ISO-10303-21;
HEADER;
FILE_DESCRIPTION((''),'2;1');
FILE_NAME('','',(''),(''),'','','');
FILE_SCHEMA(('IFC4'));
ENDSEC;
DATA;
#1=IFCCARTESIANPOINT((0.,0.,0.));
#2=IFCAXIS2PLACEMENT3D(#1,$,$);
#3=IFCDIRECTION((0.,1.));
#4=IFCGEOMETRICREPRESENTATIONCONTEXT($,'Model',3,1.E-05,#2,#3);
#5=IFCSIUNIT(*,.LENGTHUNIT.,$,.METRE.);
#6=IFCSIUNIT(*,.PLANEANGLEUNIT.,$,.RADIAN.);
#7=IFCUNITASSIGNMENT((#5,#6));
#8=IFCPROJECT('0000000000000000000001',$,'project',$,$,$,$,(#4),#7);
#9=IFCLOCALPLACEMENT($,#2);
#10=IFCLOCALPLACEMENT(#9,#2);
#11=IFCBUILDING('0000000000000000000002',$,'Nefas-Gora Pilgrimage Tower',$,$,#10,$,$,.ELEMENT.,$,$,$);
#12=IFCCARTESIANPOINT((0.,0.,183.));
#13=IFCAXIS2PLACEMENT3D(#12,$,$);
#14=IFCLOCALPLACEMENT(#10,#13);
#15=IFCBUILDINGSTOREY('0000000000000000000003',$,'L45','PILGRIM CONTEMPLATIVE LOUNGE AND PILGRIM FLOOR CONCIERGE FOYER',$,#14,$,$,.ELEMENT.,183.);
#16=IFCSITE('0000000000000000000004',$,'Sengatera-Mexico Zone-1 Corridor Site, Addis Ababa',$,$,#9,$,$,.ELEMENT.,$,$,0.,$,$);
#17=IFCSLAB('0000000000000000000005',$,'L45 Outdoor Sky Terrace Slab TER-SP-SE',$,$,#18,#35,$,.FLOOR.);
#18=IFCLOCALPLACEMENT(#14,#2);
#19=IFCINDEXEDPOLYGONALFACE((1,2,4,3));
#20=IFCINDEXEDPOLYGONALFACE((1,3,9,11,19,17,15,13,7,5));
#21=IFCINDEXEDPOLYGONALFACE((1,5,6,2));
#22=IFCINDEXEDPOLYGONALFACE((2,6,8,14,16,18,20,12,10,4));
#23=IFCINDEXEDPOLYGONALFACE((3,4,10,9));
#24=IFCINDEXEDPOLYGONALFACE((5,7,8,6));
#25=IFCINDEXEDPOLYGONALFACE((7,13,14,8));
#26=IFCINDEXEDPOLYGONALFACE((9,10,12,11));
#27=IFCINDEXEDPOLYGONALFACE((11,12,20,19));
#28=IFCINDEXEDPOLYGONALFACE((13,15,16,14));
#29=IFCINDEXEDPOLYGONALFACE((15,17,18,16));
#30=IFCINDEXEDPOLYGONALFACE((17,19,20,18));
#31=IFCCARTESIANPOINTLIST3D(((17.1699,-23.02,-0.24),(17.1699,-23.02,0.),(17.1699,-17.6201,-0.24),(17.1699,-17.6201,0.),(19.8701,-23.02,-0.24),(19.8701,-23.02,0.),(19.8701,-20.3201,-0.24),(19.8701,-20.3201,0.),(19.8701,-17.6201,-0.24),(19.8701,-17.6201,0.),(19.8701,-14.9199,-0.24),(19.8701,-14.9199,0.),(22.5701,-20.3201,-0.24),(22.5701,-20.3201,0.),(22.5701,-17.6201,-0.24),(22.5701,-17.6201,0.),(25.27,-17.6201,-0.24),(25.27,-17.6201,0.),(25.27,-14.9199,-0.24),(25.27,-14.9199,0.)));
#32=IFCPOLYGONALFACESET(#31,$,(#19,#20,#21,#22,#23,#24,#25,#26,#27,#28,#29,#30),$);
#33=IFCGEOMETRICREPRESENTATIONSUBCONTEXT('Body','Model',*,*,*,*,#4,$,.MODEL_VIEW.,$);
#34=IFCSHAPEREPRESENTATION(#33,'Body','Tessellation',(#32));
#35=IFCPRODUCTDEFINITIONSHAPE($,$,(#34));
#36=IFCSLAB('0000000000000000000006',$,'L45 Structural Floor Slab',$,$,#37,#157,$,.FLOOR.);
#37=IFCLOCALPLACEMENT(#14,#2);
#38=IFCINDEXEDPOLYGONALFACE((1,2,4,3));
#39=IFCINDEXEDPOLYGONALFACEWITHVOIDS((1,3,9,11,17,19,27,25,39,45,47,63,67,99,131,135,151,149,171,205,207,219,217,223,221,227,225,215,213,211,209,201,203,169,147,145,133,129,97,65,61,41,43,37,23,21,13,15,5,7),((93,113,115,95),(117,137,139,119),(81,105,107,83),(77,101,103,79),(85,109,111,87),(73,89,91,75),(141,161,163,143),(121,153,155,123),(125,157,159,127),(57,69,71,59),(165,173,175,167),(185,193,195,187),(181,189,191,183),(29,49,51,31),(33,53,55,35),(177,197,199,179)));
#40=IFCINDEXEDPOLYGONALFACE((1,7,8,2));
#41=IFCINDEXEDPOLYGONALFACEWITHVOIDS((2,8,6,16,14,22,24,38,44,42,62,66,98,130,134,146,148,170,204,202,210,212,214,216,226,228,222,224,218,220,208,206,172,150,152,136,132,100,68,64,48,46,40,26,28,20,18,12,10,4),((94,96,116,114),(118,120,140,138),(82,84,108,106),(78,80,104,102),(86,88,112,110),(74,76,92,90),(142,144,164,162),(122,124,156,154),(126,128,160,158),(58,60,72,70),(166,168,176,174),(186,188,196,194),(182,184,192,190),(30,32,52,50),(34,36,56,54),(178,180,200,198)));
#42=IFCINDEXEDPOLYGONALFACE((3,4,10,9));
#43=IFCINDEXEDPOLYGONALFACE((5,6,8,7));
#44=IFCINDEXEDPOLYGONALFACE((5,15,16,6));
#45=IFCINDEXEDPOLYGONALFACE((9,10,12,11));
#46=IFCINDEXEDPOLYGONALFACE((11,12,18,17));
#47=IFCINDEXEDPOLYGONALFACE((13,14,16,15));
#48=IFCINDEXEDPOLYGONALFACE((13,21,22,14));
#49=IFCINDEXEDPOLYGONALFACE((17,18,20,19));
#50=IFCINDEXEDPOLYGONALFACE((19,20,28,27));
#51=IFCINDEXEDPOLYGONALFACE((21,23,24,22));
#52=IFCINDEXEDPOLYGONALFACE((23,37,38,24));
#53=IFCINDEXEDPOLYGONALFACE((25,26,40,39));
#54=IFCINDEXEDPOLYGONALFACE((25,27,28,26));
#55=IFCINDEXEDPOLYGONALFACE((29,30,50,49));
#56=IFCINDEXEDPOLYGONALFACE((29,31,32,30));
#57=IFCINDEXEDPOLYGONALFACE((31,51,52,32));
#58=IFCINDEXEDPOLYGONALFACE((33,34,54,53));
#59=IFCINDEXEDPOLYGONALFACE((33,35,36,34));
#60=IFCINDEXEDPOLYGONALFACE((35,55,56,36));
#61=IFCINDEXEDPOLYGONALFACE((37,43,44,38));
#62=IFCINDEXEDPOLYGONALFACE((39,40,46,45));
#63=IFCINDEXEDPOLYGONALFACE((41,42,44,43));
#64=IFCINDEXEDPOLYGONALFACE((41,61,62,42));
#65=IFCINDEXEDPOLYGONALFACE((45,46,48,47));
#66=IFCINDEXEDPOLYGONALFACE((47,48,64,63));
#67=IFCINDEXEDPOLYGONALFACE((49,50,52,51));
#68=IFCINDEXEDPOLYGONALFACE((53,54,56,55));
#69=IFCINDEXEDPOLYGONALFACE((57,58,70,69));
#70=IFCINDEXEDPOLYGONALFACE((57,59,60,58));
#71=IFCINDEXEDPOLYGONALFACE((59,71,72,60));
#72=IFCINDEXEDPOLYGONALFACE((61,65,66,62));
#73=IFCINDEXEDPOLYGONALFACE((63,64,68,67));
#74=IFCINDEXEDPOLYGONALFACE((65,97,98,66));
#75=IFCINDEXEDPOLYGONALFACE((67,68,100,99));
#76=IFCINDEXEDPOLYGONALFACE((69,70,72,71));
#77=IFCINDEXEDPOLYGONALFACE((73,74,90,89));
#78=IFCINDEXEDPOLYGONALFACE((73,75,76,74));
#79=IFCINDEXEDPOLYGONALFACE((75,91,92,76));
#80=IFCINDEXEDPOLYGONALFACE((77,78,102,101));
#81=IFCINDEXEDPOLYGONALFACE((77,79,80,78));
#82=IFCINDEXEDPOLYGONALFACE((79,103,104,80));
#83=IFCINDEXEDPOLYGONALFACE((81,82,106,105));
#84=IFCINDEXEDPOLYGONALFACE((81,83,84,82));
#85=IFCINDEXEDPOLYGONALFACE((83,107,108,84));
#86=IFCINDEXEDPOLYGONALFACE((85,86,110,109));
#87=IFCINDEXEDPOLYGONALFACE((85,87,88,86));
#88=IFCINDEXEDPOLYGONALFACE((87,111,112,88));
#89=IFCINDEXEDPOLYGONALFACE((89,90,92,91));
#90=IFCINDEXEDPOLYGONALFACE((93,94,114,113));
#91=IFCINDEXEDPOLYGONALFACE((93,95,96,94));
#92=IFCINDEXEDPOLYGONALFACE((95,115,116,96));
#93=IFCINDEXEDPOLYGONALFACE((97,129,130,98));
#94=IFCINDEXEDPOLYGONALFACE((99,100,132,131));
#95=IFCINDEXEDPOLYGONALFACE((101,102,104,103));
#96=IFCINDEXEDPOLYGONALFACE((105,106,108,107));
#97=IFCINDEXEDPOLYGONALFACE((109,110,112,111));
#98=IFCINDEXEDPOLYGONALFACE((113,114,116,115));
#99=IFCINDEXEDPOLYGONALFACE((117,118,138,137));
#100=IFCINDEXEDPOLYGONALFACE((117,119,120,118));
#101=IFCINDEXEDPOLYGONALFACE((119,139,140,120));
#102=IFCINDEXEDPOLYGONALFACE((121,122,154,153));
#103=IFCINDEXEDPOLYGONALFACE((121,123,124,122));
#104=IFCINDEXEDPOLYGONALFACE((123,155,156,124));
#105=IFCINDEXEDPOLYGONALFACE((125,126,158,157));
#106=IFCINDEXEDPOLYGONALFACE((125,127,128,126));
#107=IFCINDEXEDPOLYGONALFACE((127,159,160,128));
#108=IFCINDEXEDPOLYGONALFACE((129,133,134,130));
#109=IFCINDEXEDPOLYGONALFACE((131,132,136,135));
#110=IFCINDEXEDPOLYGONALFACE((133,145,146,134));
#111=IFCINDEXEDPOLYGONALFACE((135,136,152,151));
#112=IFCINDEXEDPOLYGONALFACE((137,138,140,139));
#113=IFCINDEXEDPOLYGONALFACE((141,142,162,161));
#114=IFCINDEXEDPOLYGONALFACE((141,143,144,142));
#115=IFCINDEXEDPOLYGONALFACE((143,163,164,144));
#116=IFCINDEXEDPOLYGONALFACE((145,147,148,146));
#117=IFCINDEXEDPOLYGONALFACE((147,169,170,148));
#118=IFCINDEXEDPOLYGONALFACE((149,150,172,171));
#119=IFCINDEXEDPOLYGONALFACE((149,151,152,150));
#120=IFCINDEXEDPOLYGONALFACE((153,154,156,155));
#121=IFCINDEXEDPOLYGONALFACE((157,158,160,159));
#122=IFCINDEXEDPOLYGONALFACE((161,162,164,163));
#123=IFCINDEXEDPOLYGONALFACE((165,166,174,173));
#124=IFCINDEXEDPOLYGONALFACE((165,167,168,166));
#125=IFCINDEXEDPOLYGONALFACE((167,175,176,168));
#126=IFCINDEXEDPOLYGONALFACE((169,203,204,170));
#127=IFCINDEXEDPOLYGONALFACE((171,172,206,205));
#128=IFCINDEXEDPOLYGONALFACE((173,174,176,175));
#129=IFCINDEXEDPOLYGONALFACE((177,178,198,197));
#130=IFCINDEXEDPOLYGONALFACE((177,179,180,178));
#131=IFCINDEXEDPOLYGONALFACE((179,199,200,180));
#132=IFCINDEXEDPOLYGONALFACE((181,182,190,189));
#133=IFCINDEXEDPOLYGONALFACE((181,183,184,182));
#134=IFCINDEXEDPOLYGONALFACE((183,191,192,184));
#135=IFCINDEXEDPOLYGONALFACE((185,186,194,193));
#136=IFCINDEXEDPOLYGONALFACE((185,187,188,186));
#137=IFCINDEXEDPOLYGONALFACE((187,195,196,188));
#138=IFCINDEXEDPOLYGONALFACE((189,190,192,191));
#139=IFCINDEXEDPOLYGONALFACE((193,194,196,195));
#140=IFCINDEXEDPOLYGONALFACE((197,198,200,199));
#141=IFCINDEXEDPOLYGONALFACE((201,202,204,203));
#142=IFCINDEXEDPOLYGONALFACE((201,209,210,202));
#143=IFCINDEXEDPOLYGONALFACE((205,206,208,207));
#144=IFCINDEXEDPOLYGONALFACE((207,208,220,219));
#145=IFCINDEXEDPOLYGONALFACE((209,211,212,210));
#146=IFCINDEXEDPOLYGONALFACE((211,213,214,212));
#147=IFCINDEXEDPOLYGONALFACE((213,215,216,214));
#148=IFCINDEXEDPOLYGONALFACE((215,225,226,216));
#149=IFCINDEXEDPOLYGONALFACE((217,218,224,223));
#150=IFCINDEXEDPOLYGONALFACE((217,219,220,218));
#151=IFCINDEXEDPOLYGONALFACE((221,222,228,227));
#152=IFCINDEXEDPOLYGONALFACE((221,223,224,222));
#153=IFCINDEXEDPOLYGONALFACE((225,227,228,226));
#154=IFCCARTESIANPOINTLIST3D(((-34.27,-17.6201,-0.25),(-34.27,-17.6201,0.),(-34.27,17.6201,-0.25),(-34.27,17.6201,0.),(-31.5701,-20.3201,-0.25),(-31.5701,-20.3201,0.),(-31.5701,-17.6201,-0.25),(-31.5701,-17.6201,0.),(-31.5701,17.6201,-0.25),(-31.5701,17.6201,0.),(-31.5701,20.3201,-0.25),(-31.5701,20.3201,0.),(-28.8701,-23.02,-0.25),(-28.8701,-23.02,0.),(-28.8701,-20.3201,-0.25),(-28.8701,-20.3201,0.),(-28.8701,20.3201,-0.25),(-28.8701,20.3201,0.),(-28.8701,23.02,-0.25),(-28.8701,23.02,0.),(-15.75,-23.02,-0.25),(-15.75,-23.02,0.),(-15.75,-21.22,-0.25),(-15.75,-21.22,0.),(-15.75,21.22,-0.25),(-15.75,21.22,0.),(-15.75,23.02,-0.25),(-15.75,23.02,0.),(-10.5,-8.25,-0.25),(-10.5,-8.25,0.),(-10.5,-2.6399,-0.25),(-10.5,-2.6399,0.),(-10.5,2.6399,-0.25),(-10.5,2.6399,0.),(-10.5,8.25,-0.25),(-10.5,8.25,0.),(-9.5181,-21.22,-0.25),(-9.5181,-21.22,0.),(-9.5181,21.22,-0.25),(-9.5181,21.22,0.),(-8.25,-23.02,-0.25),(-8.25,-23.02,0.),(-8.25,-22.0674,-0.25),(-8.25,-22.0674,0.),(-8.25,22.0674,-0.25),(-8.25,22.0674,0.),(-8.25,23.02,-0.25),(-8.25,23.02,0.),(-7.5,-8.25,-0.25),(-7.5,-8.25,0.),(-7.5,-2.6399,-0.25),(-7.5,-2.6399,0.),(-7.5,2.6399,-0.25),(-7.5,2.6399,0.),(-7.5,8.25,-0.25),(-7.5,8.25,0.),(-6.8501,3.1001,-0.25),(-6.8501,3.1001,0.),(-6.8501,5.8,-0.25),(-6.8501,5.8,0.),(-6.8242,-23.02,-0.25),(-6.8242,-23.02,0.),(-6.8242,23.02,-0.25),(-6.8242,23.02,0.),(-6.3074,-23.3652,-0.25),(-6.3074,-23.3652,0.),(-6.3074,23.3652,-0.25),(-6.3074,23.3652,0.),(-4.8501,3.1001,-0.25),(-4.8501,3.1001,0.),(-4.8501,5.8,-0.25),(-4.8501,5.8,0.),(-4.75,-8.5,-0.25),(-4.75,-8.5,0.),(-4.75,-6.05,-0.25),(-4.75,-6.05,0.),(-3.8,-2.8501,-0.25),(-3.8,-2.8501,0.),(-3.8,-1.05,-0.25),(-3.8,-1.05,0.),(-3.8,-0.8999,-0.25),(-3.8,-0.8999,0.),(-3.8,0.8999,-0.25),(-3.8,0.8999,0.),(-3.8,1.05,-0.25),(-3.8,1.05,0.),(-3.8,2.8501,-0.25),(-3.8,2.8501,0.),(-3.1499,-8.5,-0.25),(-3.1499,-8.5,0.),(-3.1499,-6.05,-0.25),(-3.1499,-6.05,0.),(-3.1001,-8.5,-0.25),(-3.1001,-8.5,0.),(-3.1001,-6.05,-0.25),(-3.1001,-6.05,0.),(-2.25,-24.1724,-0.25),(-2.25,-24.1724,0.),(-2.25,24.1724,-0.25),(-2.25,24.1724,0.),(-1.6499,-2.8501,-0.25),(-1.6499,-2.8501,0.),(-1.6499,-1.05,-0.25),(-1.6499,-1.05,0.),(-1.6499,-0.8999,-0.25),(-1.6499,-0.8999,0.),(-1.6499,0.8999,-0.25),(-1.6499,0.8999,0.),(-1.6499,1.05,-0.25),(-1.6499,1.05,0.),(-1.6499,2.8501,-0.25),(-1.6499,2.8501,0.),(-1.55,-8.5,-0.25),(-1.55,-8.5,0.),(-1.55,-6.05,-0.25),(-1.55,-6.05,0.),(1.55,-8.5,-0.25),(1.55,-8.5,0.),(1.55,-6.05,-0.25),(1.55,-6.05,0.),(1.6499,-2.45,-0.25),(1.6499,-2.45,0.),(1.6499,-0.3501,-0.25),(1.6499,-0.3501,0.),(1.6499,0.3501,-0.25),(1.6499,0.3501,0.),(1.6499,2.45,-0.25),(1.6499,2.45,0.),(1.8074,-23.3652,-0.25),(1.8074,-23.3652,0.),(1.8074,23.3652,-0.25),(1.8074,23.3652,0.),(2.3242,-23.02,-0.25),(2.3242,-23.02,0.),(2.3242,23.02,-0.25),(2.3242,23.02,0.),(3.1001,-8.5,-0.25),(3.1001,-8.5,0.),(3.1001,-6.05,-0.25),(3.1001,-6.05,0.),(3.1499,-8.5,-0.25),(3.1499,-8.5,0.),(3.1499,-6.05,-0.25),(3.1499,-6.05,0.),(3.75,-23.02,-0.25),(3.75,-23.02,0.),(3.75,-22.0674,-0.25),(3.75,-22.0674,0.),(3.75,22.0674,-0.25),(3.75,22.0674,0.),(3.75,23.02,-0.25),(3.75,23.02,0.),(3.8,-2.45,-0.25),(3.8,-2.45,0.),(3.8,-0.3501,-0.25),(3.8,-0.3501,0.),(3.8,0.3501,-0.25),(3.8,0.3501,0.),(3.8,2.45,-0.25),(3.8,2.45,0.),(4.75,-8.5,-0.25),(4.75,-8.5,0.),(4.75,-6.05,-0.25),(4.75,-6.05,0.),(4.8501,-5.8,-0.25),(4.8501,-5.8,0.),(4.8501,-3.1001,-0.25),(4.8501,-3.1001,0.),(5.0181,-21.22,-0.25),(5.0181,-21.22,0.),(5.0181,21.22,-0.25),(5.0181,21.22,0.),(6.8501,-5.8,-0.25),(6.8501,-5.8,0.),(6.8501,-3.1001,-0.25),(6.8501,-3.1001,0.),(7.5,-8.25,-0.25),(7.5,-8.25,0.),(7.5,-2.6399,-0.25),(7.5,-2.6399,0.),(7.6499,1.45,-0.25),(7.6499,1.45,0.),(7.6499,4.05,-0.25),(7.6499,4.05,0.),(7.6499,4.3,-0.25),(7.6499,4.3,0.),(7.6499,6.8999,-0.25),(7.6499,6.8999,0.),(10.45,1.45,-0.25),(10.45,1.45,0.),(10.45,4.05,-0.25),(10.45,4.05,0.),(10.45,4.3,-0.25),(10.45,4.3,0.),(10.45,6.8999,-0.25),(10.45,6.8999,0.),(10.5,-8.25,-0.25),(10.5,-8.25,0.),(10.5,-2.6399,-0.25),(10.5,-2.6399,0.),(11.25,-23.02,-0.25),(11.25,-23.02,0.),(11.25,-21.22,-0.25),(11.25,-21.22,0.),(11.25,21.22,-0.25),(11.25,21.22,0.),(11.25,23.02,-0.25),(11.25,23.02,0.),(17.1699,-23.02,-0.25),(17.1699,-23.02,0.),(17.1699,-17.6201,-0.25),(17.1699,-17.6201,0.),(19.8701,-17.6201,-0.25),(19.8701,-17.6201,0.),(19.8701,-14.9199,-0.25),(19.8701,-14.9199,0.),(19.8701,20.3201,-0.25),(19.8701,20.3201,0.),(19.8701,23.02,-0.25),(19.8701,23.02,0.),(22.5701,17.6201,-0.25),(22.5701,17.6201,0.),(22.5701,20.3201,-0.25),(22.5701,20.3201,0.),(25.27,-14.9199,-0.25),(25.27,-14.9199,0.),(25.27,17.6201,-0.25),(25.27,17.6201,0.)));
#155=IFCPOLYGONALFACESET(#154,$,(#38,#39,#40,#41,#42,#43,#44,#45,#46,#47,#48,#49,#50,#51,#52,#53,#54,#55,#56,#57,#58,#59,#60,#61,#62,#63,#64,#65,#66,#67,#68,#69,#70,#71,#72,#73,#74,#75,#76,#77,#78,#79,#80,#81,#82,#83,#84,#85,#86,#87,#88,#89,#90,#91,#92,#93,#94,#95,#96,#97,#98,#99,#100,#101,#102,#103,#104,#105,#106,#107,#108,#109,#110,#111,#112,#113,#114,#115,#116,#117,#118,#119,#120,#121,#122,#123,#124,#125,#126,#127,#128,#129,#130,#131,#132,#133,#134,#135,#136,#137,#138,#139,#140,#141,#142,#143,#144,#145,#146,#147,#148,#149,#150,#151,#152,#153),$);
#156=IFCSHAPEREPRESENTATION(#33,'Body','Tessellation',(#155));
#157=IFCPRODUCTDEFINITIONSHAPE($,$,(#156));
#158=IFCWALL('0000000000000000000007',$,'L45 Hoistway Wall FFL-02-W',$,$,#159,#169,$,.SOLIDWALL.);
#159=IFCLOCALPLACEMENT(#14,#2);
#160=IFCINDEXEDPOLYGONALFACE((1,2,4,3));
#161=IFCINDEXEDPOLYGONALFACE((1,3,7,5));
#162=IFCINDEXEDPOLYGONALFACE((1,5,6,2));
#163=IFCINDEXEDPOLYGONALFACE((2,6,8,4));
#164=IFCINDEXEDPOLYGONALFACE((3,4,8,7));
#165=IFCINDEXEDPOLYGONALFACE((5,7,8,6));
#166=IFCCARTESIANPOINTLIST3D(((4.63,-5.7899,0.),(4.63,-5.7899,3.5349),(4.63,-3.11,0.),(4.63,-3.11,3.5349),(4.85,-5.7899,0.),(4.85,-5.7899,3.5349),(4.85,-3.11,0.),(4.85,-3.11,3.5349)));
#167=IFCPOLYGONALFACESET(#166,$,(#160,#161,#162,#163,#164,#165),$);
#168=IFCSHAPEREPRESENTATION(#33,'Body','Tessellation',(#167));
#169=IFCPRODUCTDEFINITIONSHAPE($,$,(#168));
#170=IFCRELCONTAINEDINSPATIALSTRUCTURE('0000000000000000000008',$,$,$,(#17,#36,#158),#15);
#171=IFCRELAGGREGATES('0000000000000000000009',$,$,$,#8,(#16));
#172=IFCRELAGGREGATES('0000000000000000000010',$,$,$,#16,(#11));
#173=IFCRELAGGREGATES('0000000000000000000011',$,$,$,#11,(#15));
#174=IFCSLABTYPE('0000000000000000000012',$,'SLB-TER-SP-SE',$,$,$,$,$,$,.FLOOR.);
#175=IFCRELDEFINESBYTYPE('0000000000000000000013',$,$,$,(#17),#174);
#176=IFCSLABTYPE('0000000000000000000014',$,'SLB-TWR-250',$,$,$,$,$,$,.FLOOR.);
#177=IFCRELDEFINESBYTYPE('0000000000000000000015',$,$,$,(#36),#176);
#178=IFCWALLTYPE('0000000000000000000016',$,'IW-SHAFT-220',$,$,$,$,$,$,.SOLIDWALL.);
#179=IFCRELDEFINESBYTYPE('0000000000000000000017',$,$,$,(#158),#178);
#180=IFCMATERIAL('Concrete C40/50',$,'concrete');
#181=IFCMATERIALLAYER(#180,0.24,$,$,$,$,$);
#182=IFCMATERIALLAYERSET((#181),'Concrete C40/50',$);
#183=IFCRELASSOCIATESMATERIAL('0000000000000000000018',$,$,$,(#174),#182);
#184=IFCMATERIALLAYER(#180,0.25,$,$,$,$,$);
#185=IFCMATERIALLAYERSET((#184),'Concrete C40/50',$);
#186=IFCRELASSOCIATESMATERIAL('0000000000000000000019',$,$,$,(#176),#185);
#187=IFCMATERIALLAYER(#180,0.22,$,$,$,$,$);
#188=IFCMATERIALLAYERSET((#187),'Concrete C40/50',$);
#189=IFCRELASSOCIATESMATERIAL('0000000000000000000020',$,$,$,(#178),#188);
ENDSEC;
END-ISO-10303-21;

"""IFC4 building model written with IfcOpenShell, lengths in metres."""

from ifc_helpers import new_model, si_unit, direction, frame, frame_2d, origin, place, context, subcontext, project, spatial, polyline, rectangle, outline, extrude, source, transform, mapped, material, layer, layer_set, type_object, element, save


model = new_model("IFC4")

# Units and contexts
model_context = context("Model", 3, precision=1e-05, world=origin(), true_north=direction((0.0, 1.0)))
body_context = subcontext(model_context, "Body", "Model", "MODEL_VIEW")
ifc_project = project(units=[si_unit("LENGTHUNIT", "METRE"), si_unit("PLANEANGLEUNIT", "RADIAN")], contexts=[model_context])

# Site, building, storey
site_placement = place(None, origin())
site = spatial("IfcSite", under=ifc_project, at=site_placement, Name="Sengatera-Mexico Zone-1 Corridor Site, Addis Ababa", CompositionType="ELEMENT", RefElevation=0.0)
building_placement = place(site_placement, origin())
building = spatial("IfcBuilding", under=site, at=building_placement, Name="Nefas-Gora Pilgrimage Tower", CompositionType="ELEMENT")
storey_placement = place(building_placement, frame((0.0, 0.0, 183.0)))
storey = spatial("IfcBuildingStorey", under=building, at=storey_placement, Name="L45", Description="PILGRIM CONTEMPLATIVE LOUNGE AND PILGRIM FLOOR CONCIERGE FOYER", CompositionType="ELEMENT", Elevation=183.0)

# Slabs
ifc_material_1 = material(Name="Concrete C40/50", Category="concrete")
ifc_layer_1 = layer(ifc_material_1, 0.24)
ifc_layer_set_1 = layer_set([ifc_layer_1], Name="Concrete C40/50")
slab_type_1 = type_object("IfcSlabType", Name="SLB-TER-SP-SE", PredefinedType="FLOOR", material=ifc_layer_set_1)
slab_1_placement = place(storey_placement, frame((0.0, 0.0, -0.24)))
element("IfcSlab", 1, at=slab_1_placement, inside=storey, type_object=slab_type_1, Name="L45 Outdoor Sky Terrace Slab TER-SP-SE", PredefinedType="FLOOR", context=body_context, shape_type="SweptSolid", body=[
    extrude(outline(polyline([(25.27, -17.6201), (25.27, -14.9199), (19.8701, -14.9199), (19.8701, -17.6201), (17.1699, -17.6201), (17.1699, -23.02), (19.8701, -23.02), (19.8701, -20.3201), (22.5701, -20.3201), (22.5701, -17.6201), (25.27, -17.6201)])), origin(), (0.0, 0.0, 1.0), 0.24),
])
ifc_layer_2 = layer(ifc_material_1, 0.25)
ifc_layer_set_2 = layer_set([ifc_layer_2], Name="Concrete C40/50")
slab_type_2 = type_object("IfcSlabType", Name="SLB-TWR-250", PredefinedType="FLOOR", material=ifc_layer_set_2)
slab_2_placement = place(storey_placement, frame((0.0, 0.0, -0.25)))
element("IfcSlab", 2, at=slab_2_placement, inside=storey, type_object=slab_type_2, Name="L45 Structural Floor Slab", PredefinedType="FLOOR", context=body_context, shape_type="SweptSolid", body=[
    extrude(outline(polyline([(5.0181, -21.22), (11.25, -21.22), (11.25, -23.02), (17.1699, -23.02), (17.1699, -17.6201), (19.8701, -17.6201), (19.8701, -14.9199), (25.27, -14.9199), (25.27, 17.6201), (22.5701, 17.6201), (22.5701, 20.3201), (19.8701, 20.3201), (19.8701, 23.02), (11.25, 23.02), (11.25, 21.22), (5.0181, 21.22), (3.75, 22.0674), (3.75, 23.02), (2.3242, 23.02), (1.8074, 23.3652), (-2.25, 24.1724), (-6.3074, 23.3652), (-6.8242, 23.02), (-8.25, 23.02), (-8.25, 22.0674), (-9.5181, 21.22), (-15.75, 21.22), (-15.75, 23.02), (-28.8701, 23.02), (-28.8701, 20.3201), (-31.5701, 20.3201), (-31.5701, 17.6201), (-34.27, 17.6201), (-34.27, -17.6201), (-31.5701, -17.6201), (-31.5701, -20.3201), (-28.8701, -20.3201), (-28.8701, -23.02), (-15.75, -23.02), (-15.75, -21.22), (-9.5181, -21.22), (-8.25, -22.0674), (-8.25, -23.02), (-6.8242, -23.02), (-6.3074, -23.3652), (-2.25, -24.1724), (1.8074, -23.3652), (2.3242, -23.02), (3.75, -23.02), (3.75, -22.0674), (5.0181, -21.22)]), holes=[polyline([(-10.5, 2.6399), (-10.5, 8.25), (-7.5, 8.25), (-7.5, 2.6399), (-10.5, 2.6399)]), polyline([(10.5, -2.6399), (10.5, -8.25), (7.5, -8.25), (7.5, -2.6399), (10.5, -2.6399)]), polyline([(-7.5, -2.6399), (-7.5, -8.25), (-10.5, -8.25), (-10.5, -2.6399), (-7.5, -2.6399)]), polyline([(-6.8501, 5.8), (-4.8501, 5.8), (-4.8501, 3.1001), (-6.8501, 3.1001), (-6.8501, 5.8)]), polyline([(4.8501, -3.1001), (6.8501, -3.1001), (6.8501, -5.8), (4.8501, -5.8), (4.8501, -3.1001)]), polyline([(7.6499, 4.05), (10.45, 4.05), (10.45, 1.45), (7.6499, 1.45), (7.6499, 4.05)]), polyline([(7.6499, 6.8999), (10.45, 6.8999), (10.45, 4.3), (7.6499, 4.3), (7.6499, 6.8999)]), polyline([(-4.75, -6.05), (-3.1499, -6.05), (-3.1499, -8.5), (-4.75, -8.5), (-4.75, -6.05)]), polyline([(-3.1001, -6.05), (-1.55, -6.05), (-1.55, -8.5), (-3.1001, -8.5), (-3.1001, -6.05)]), polyline([(1.55, -6.05), (3.1001, -6.05), (3.1001, -8.5), (1.55, -8.5), (1.55, -6.05)]), polyline([(3.1499, -6.05), (4.75, -6.05), (4.75, -8.5), (3.1499, -8.5), (3.1499, -6.05)]), polyline([(-3.8, -1.05), (-1.6499, -1.05), (-1.6499, -2.8501), (-3.8, -2.8501), (-3.8, -1.05)]), polyline([(-3.8, 0.8999), (-1.6499, 0.8999), (-1.6499, -0.8999), (-3.8, -0.8999), (-3.8, 0.8999)]), polyline([(-3.8, 2.8501), (-1.6499, 2.8501), (-1.6499, 1.05), (-3.8, 1.05), (-3.8, 2.8501)]), polyline([(1.6499, -0.3501), (3.8, -0.3501), (3.8, -2.45), (1.6499, -2.45), (1.6499, -0.3501)]), polyline([(1.6499, 2.45), (3.8, 2.45), (3.8, 0.3501), (1.6499, 0.3501), (1.6499, 2.45)])]), origin(), (0.0, 0.0, 1.0), 0.25),
])

# Wall
ifc_layer_3 = layer(ifc_material_1, 0.22)
ifc_layer_set_3 = layer_set([ifc_layer_3], Name="Concrete C40/50")
wall_type_1 = type_object("IfcWallType", Name="IW-SHAFT-220", PredefinedType="SOLIDWALL", material=ifc_layer_set_3)
shared_shape_1 = source(origin(), body_context, "Body", "SweptSolid", [
    extrude(rectangle(XDim=2.6799, YDim=0.22, at=frame_2d((1.3398, 0.0))), origin(), (0.0, 0.0, 1.0), 3.5349),
])
wall_1_placement = place(storey_placement, frame((4.74, -3.1101, 0.0), z_axis=(0.0, 0.0, 1.0), x_axis=(0.0, -1.0, 0.0)))
element("IfcWall", 3, at=wall_1_placement, inside=storey, type_object=wall_type_1, Name="L45 Hoistway Wall FFL-02-W", PredefinedType="SOLIDWALL", context=body_context, shape_type="MappedRepresentation", body=[
    mapped(shared_shape_1, transform((0.0, 0.0, 0.0), x_axis=(1.0, 0.0, 0.0), y_axis=(0.0, 1.0, 0.0), z_axis=(0.0, 0.0, 1.0), scale=1.0)),
])

save(model, "model.ifc")
